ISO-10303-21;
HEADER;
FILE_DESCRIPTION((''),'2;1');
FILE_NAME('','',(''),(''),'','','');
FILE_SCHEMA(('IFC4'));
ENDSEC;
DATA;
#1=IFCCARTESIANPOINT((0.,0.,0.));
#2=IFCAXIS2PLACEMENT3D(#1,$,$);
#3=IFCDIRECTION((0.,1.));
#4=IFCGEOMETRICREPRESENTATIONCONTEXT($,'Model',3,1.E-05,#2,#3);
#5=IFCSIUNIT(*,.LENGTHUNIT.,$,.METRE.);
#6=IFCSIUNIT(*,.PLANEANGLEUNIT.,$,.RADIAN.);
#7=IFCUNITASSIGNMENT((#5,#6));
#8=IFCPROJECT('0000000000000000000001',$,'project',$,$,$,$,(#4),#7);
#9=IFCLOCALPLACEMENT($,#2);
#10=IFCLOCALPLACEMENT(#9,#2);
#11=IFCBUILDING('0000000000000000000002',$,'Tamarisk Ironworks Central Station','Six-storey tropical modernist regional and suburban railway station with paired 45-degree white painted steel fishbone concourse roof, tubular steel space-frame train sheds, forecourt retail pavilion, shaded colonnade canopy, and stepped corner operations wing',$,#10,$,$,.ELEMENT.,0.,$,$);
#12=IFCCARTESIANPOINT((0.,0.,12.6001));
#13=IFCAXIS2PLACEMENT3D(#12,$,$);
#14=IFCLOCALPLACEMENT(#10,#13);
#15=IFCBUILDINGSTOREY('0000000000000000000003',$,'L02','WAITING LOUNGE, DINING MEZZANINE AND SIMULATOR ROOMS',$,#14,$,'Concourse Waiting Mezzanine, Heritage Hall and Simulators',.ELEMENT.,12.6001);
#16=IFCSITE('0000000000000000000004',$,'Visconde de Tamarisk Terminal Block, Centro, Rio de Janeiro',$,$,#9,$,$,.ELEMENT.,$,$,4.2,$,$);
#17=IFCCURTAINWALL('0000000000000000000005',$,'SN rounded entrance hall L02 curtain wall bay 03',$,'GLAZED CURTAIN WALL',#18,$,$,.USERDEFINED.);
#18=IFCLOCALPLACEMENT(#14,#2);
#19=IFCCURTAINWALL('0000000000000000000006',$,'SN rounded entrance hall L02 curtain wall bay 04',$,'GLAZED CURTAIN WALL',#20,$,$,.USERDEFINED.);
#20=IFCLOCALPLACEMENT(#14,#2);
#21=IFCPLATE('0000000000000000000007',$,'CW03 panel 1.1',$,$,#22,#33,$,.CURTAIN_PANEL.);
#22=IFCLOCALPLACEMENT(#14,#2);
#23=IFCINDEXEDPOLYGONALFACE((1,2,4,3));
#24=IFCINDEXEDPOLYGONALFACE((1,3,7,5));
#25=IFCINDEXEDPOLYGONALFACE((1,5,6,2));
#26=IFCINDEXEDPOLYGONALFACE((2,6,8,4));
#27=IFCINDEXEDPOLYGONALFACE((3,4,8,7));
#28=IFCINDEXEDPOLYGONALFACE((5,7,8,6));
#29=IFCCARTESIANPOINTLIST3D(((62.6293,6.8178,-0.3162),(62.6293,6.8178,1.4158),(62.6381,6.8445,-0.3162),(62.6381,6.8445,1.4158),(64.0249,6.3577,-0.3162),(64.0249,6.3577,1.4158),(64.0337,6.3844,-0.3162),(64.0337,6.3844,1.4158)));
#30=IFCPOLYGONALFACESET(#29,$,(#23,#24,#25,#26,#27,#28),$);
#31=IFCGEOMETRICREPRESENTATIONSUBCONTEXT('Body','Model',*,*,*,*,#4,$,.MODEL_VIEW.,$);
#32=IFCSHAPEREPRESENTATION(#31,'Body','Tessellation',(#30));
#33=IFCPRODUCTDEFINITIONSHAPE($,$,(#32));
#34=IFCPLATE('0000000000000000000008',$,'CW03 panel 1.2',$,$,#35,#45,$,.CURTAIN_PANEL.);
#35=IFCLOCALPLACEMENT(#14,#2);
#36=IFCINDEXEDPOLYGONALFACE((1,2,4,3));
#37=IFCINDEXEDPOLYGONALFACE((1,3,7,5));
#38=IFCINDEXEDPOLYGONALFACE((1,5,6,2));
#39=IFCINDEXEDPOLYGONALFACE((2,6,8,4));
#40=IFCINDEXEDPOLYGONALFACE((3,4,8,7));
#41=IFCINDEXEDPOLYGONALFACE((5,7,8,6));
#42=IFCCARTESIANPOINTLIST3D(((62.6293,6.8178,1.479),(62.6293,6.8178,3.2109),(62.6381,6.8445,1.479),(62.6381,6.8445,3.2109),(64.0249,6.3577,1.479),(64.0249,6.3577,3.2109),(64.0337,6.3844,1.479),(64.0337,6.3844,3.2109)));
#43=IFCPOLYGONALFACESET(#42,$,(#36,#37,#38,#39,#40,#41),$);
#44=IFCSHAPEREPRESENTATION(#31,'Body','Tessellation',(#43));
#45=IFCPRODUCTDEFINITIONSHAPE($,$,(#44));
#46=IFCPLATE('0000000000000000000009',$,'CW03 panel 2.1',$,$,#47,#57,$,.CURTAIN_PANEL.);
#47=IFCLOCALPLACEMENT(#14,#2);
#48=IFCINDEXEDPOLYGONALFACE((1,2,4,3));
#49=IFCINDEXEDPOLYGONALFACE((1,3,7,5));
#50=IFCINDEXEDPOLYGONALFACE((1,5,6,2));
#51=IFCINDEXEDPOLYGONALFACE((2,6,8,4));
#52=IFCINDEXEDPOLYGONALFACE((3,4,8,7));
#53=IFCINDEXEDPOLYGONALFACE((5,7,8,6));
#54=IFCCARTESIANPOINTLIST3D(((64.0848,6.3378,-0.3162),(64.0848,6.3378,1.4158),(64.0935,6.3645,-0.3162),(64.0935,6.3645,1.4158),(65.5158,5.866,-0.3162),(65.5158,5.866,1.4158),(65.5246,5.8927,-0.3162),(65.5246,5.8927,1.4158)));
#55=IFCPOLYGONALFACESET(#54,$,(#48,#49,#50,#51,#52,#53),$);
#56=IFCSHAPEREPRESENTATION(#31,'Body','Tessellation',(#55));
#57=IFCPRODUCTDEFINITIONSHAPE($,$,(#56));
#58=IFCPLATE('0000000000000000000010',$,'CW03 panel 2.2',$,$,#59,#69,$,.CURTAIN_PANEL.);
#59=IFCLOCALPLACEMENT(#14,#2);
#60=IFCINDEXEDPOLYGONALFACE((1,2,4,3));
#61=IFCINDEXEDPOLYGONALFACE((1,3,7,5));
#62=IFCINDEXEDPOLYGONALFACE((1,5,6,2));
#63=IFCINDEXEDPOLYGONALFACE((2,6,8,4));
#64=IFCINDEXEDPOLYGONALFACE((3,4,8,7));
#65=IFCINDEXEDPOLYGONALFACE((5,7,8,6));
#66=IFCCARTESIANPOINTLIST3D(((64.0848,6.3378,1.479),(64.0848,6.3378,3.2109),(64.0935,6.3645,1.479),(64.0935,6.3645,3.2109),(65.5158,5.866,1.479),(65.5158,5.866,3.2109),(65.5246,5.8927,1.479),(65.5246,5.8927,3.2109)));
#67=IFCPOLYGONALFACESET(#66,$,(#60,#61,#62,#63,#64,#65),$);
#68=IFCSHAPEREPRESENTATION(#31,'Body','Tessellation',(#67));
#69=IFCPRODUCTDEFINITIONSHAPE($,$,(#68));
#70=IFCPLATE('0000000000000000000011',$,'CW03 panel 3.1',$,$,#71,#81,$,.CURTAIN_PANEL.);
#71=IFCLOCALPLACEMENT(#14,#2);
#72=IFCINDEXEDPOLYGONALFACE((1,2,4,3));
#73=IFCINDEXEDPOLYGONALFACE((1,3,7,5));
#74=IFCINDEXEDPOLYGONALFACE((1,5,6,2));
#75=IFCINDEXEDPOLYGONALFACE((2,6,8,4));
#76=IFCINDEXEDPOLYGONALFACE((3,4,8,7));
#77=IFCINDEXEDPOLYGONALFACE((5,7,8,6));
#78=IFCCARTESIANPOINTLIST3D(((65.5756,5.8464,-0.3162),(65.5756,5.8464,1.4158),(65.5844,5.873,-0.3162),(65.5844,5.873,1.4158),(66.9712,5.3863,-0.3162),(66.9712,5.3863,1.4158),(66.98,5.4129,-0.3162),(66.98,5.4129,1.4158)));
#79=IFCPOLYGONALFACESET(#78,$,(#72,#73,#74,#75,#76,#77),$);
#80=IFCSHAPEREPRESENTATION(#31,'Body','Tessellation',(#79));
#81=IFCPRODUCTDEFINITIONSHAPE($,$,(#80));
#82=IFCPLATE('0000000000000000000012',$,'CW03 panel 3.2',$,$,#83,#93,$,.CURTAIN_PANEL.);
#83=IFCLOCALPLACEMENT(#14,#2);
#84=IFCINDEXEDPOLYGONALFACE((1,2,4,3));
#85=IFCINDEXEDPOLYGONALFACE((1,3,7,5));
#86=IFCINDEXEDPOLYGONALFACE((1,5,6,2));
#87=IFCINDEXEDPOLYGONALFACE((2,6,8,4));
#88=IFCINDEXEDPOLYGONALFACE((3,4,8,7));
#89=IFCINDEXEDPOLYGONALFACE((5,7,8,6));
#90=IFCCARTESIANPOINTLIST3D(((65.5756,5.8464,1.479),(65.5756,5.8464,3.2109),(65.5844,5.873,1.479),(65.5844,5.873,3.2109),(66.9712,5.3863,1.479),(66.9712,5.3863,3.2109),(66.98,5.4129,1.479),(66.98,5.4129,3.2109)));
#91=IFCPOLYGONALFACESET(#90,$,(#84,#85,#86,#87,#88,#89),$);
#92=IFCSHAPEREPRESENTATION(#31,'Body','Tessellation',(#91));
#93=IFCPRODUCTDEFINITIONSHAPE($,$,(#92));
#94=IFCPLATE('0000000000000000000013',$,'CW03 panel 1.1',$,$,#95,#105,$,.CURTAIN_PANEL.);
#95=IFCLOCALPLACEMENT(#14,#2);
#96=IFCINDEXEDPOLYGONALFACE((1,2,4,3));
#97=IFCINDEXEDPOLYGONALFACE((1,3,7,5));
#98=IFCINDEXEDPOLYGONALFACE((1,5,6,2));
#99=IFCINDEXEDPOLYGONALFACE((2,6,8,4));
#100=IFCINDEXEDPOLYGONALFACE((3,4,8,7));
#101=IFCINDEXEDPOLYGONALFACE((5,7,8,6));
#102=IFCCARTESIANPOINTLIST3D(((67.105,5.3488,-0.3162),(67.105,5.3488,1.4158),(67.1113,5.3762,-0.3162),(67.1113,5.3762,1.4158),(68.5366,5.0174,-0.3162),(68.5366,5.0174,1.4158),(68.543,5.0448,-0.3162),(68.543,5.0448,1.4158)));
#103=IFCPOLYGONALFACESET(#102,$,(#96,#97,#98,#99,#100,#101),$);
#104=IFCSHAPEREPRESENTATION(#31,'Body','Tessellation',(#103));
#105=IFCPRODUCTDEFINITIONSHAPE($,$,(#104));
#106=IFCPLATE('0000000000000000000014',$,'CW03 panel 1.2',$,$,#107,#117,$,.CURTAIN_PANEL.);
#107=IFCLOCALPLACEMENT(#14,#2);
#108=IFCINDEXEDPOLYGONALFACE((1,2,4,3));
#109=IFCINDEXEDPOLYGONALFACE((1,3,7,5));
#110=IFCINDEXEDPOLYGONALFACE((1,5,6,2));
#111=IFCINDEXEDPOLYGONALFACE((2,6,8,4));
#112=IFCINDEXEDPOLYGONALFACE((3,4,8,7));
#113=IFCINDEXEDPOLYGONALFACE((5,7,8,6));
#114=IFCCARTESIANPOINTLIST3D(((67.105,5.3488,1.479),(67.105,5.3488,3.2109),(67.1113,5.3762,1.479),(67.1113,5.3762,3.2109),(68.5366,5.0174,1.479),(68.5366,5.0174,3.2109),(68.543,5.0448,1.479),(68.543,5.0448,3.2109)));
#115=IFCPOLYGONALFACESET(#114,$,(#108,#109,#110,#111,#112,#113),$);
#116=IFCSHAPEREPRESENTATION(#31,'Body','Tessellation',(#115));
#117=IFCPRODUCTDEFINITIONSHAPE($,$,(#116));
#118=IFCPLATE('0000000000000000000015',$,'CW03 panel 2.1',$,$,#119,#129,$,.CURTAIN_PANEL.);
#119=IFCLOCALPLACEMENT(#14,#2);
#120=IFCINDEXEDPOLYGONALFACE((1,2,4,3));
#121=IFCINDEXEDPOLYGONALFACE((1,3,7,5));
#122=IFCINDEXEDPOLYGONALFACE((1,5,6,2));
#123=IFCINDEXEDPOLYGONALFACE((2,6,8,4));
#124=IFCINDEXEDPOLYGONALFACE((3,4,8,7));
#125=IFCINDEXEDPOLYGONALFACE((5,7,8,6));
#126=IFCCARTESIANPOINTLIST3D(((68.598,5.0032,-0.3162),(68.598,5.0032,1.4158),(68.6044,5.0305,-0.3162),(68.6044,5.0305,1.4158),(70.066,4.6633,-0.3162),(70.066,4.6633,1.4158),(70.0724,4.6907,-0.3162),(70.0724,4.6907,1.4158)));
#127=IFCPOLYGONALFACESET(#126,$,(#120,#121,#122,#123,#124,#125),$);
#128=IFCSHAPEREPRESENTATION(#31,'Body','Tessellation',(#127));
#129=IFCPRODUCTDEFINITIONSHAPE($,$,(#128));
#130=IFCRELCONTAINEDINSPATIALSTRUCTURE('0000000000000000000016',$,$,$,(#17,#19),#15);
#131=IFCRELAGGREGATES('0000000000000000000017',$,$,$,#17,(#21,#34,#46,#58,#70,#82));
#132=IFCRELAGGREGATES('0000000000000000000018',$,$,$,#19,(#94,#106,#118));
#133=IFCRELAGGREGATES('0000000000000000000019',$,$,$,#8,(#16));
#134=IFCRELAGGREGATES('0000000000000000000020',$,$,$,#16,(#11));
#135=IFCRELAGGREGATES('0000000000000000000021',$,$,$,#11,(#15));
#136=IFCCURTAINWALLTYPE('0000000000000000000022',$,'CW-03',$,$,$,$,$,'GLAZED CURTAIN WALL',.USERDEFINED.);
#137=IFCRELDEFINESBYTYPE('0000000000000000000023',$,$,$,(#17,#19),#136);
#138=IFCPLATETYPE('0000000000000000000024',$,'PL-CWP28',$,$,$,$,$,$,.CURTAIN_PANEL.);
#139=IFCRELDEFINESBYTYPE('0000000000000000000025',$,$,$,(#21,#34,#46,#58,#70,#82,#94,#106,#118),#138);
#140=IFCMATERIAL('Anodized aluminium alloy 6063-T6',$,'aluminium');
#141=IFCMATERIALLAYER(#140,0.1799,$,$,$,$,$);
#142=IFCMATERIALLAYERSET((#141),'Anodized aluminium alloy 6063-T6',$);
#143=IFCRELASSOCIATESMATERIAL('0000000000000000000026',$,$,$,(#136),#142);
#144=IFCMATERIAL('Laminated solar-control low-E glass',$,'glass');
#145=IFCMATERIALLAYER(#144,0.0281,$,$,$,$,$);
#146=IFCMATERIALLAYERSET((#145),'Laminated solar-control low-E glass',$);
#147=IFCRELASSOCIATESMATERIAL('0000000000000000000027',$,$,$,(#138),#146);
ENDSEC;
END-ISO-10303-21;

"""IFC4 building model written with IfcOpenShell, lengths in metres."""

from ifc_helpers import new_model, si_unit, direction, frame, origin, origin_2d, place, context, subcontext, project, spatial, rectangle, extrude, material, layer, layer_set, type_object, element, aggregate, save


model = new_model("IFC4")

# Units and contexts
model_context = context("Model", 3, precision=1e-05, world=origin(), true_north=direction((0.0, 1.0)))
body_context = subcontext(model_context, "Body", "Model", "MODEL_VIEW")
ifc_project = project(units=[si_unit("LENGTHUNIT", "METRE"), si_unit("PLANEANGLEUNIT", "RADIAN")], contexts=[model_context])

# Site, building, storey
site_placement = place(None, origin())
site = spatial("IfcSite", under=ifc_project, at=site_placement, Name="Visconde de Tamarisk Terminal Block, Centro, Rio de Janeiro", CompositionType="ELEMENT", RefElevation=4.2)
building_placement = place(site_placement, origin())
building = spatial("IfcBuilding", under=site, at=building_placement, Name="Tamarisk Ironworks Central Station", Description="Six-storey tropical modernist regional and suburban railway station with paired 45-degree white painted steel fishbone concourse roof, tubular steel space-frame train sheds, forecourt retail pavilion, shaded colonnade canopy, and stepped corner operations wing", CompositionType="ELEMENT", ElevationOfRefHeight=0.0)
storey_placement = place(building_placement, frame((0.0, 0.0, 12.6001)))
storey = spatial("IfcBuildingStorey", under=building, at=storey_placement, Name="L02", Description="WAITING LOUNGE, DINING MEZZANINE AND SIMULATOR ROOMS", LongName="Concourse Waiting Mezzanine, Heritage Hall and Simulators", CompositionType="ELEMENT", Elevation=12.6001)

# Curtain walls
ifc_material_1 = material(Name="Anodized aluminium alloy 6063-T6", Category="aluminium")
ifc_layer_1 = layer(ifc_material_1, 0.1799)
ifc_layer_set_1 = layer_set([ifc_layer_1], Name="Anodized aluminium alloy 6063-T6")
curtain_wall_type = type_object("IfcCurtainWallType", Name="CW-03", ElementType="GLAZED CURTAIN WALL", PredefinedType="USERDEFINED", material=ifc_layer_set_1)
curtain_wall_1_placement = place(storey_placement, origin())
curtain_wall_1 = element("IfcCurtainWall", 1, at=curtain_wall_1_placement, inside=storey, type_object=curtain_wall_type, Name="SN rounded entrance hall L02 curtain wall bay 03", ObjectType="GLAZED CURTAIN WALL", PredefinedType="USERDEFINED")
curtain_wall_2_placement = place(storey_placement, origin())
curtain_wall_2 = element("IfcCurtainWall", 2, at=curtain_wall_2_placement, inside=storey, type_object=curtain_wall_type, Name="SN rounded entrance hall L02 curtain wall bay 04", ObjectType="GLAZED CURTAIN WALL", PredefinedType="USERDEFINED")

# Plates
ifc_material_2 = material(Name="Laminated solar-control low-E glass", Category="glass")
ifc_layer_2 = layer(ifc_material_2, 0.0281)
ifc_layer_set_2 = layer_set([ifc_layer_2], Name="Laminated solar-control low-E glass")
plate_type = type_object("IfcPlateType", Name="PL-CWP28", PredefinedType="CURTAIN_PANEL", material=ifc_layer_set_2)
plate_1_placement = place(storey_placement, frame((63.3315, 6.6011, -0.3162), z_axis=(0.0, 0.0, 1.0), x_axis=(0.949721, -0.313098, 0.0)))
plate_1 = element("IfcPlate", 3, at=plate_1_placement, type_object=plate_type, Name="CW03 panel 1.1", PredefinedType="CURTAIN_PANEL", context=body_context, shape_type="SweptSolid", body=[
    extrude(rectangle(XDim=1.4695, YDim=0.0281, at=origin_2d()), origin(), (0.0, 0.0, 1.0), 1.7319),
])
plate_2_placement = place(storey_placement, frame((63.3315, 6.6011, 1.479), z_axis=(0.0, 0.0, 1.0), x_axis=(0.949721, -0.313098, 0.0)))
plate_2 = element("IfcPlate", 4, at=plate_2_placement, type_object=plate_type, Name="CW03 panel 1.2", PredefinedType="CURTAIN_PANEL", context=body_context, shape_type="SweptSolid", body=[
    extrude(rectangle(XDim=1.4695, YDim=0.0281, at=origin_2d()), origin(), (0.0, 0.0, 1.0), 1.7319),
])
plate_3_placement = place(storey_placement, frame((64.8047, 6.1152, -0.3162), z_axis=(0.0, 0.0, 1.0), x_axis=(0.949721, -0.313098, 0.0)))
plate_3 = element("IfcPlate", 5, at=plate_3_placement, type_object=plate_type, Name="CW03 panel 2.1", PredefinedType="CURTAIN_PANEL", context=body_context, shape_type="SweptSolid", body=[
    extrude(rectangle(XDim=1.5068, YDim=0.0281, at=origin_2d()), origin(), (0.0, 0.0, 1.0), 1.7319),
])
plate_4_placement = place(storey_placement, frame((64.8047, 6.1152, 1.479), z_axis=(0.0, 0.0, 1.0), x_axis=(0.949721, -0.313098, 0.0)))
plate_4 = element("IfcPlate", 6, at=plate_4_placement, type_object=plate_type, Name="CW03 panel 2.2", PredefinedType="CURTAIN_PANEL", context=body_context, shape_type="SweptSolid", body=[
    extrude(rectangle(XDim=1.5068, YDim=0.0281, at=origin_2d()), origin(), (0.0, 0.0, 1.0), 1.7319),
])
plate_5_placement = place(storey_placement, frame((66.2778, 5.6296, -0.3162), z_axis=(0.0, 0.0, 1.0), x_axis=(0.949721, -0.313098, 0.0)))
plate_5 = element("IfcPlate", 7, at=plate_5_placement, type_object=plate_type, Name="CW03 panel 3.1", PredefinedType="CURTAIN_PANEL", context=body_context, shape_type="SweptSolid", body=[
    extrude(rectangle(XDim=1.4695, YDim=0.0281, at=origin_2d()), origin(), (0.0, 0.0, 1.0), 1.7319),
])
plate_6_placement = place(storey_placement, frame((66.2778, 5.6296, 1.479), z_axis=(0.0, 0.0, 1.0), x_axis=(0.949721, -0.313098, 0.0)))
plate_6 = element("IfcPlate", 8, at=plate_6_placement, type_object=plate_type, Name="CW03 panel 3.2", PredefinedType="CURTAIN_PANEL", context=body_context, shape_type="SweptSolid", body=[
    extrude(rectangle(XDim=1.4695, YDim=0.0281, at=origin_2d()), origin(), (0.0, 0.0, 1.0), 1.7319),
])
aggregate(curtain_wall_1, [plate_1, plate_2, plate_3, plate_4, plate_5, plate_6])
plate_7_placement = place(storey_placement, frame((67.824, 5.1968, -0.3162), z_axis=(0.0, 0.0, 1.0), x_axis=(0.974239, -0.225517, 0.0)))
plate_7 = element("IfcPlate", 9, at=plate_7_placement, type_object=plate_type, Name="CW03 panel 1.1", PredefinedType="CURTAIN_PANEL", context=body_context, shape_type="SweptSolid", body=[
    extrude(rectangle(XDim=1.4695, YDim=0.0281, at=origin_2d()), origin(), (0.0, 0.0, 1.0), 1.7319),
])
plate_8_placement = place(storey_placement, frame((67.824, 5.1968, 1.479), z_axis=(0.0, 0.0, 1.0), x_axis=(0.974239, -0.225517, 0.0)))
plate_8 = element("IfcPlate", 10, at=plate_8_placement, type_object=plate_type, Name="CW03 panel 1.2", PredefinedType="CURTAIN_PANEL", context=body_context, shape_type="SweptSolid", body=[
    extrude(rectangle(XDim=1.4695, YDim=0.0281, at=origin_2d()), origin(), (0.0, 0.0, 1.0), 1.7319),
])
plate_9_placement = place(storey_placement, frame((69.3352, 4.8469, -0.3162), z_axis=(0.0, 0.0, 1.0), x_axis=(0.974239, -0.225517, 0.0)))
plate_9 = element("IfcPlate", 11, at=plate_9_placement, type_object=plate_type, Name="CW03 panel 2.1", PredefinedType="CURTAIN_PANEL", context=body_context, shape_type="SweptSolid", body=[
    extrude(rectangle(XDim=1.5068, YDim=0.0281, at=origin_2d()), origin(), (0.0, 0.0, 1.0), 1.7319),
])
aggregate(curtain_wall_2, [plate_7, plate_8, plate_9])

save(model, "model.ifc")
